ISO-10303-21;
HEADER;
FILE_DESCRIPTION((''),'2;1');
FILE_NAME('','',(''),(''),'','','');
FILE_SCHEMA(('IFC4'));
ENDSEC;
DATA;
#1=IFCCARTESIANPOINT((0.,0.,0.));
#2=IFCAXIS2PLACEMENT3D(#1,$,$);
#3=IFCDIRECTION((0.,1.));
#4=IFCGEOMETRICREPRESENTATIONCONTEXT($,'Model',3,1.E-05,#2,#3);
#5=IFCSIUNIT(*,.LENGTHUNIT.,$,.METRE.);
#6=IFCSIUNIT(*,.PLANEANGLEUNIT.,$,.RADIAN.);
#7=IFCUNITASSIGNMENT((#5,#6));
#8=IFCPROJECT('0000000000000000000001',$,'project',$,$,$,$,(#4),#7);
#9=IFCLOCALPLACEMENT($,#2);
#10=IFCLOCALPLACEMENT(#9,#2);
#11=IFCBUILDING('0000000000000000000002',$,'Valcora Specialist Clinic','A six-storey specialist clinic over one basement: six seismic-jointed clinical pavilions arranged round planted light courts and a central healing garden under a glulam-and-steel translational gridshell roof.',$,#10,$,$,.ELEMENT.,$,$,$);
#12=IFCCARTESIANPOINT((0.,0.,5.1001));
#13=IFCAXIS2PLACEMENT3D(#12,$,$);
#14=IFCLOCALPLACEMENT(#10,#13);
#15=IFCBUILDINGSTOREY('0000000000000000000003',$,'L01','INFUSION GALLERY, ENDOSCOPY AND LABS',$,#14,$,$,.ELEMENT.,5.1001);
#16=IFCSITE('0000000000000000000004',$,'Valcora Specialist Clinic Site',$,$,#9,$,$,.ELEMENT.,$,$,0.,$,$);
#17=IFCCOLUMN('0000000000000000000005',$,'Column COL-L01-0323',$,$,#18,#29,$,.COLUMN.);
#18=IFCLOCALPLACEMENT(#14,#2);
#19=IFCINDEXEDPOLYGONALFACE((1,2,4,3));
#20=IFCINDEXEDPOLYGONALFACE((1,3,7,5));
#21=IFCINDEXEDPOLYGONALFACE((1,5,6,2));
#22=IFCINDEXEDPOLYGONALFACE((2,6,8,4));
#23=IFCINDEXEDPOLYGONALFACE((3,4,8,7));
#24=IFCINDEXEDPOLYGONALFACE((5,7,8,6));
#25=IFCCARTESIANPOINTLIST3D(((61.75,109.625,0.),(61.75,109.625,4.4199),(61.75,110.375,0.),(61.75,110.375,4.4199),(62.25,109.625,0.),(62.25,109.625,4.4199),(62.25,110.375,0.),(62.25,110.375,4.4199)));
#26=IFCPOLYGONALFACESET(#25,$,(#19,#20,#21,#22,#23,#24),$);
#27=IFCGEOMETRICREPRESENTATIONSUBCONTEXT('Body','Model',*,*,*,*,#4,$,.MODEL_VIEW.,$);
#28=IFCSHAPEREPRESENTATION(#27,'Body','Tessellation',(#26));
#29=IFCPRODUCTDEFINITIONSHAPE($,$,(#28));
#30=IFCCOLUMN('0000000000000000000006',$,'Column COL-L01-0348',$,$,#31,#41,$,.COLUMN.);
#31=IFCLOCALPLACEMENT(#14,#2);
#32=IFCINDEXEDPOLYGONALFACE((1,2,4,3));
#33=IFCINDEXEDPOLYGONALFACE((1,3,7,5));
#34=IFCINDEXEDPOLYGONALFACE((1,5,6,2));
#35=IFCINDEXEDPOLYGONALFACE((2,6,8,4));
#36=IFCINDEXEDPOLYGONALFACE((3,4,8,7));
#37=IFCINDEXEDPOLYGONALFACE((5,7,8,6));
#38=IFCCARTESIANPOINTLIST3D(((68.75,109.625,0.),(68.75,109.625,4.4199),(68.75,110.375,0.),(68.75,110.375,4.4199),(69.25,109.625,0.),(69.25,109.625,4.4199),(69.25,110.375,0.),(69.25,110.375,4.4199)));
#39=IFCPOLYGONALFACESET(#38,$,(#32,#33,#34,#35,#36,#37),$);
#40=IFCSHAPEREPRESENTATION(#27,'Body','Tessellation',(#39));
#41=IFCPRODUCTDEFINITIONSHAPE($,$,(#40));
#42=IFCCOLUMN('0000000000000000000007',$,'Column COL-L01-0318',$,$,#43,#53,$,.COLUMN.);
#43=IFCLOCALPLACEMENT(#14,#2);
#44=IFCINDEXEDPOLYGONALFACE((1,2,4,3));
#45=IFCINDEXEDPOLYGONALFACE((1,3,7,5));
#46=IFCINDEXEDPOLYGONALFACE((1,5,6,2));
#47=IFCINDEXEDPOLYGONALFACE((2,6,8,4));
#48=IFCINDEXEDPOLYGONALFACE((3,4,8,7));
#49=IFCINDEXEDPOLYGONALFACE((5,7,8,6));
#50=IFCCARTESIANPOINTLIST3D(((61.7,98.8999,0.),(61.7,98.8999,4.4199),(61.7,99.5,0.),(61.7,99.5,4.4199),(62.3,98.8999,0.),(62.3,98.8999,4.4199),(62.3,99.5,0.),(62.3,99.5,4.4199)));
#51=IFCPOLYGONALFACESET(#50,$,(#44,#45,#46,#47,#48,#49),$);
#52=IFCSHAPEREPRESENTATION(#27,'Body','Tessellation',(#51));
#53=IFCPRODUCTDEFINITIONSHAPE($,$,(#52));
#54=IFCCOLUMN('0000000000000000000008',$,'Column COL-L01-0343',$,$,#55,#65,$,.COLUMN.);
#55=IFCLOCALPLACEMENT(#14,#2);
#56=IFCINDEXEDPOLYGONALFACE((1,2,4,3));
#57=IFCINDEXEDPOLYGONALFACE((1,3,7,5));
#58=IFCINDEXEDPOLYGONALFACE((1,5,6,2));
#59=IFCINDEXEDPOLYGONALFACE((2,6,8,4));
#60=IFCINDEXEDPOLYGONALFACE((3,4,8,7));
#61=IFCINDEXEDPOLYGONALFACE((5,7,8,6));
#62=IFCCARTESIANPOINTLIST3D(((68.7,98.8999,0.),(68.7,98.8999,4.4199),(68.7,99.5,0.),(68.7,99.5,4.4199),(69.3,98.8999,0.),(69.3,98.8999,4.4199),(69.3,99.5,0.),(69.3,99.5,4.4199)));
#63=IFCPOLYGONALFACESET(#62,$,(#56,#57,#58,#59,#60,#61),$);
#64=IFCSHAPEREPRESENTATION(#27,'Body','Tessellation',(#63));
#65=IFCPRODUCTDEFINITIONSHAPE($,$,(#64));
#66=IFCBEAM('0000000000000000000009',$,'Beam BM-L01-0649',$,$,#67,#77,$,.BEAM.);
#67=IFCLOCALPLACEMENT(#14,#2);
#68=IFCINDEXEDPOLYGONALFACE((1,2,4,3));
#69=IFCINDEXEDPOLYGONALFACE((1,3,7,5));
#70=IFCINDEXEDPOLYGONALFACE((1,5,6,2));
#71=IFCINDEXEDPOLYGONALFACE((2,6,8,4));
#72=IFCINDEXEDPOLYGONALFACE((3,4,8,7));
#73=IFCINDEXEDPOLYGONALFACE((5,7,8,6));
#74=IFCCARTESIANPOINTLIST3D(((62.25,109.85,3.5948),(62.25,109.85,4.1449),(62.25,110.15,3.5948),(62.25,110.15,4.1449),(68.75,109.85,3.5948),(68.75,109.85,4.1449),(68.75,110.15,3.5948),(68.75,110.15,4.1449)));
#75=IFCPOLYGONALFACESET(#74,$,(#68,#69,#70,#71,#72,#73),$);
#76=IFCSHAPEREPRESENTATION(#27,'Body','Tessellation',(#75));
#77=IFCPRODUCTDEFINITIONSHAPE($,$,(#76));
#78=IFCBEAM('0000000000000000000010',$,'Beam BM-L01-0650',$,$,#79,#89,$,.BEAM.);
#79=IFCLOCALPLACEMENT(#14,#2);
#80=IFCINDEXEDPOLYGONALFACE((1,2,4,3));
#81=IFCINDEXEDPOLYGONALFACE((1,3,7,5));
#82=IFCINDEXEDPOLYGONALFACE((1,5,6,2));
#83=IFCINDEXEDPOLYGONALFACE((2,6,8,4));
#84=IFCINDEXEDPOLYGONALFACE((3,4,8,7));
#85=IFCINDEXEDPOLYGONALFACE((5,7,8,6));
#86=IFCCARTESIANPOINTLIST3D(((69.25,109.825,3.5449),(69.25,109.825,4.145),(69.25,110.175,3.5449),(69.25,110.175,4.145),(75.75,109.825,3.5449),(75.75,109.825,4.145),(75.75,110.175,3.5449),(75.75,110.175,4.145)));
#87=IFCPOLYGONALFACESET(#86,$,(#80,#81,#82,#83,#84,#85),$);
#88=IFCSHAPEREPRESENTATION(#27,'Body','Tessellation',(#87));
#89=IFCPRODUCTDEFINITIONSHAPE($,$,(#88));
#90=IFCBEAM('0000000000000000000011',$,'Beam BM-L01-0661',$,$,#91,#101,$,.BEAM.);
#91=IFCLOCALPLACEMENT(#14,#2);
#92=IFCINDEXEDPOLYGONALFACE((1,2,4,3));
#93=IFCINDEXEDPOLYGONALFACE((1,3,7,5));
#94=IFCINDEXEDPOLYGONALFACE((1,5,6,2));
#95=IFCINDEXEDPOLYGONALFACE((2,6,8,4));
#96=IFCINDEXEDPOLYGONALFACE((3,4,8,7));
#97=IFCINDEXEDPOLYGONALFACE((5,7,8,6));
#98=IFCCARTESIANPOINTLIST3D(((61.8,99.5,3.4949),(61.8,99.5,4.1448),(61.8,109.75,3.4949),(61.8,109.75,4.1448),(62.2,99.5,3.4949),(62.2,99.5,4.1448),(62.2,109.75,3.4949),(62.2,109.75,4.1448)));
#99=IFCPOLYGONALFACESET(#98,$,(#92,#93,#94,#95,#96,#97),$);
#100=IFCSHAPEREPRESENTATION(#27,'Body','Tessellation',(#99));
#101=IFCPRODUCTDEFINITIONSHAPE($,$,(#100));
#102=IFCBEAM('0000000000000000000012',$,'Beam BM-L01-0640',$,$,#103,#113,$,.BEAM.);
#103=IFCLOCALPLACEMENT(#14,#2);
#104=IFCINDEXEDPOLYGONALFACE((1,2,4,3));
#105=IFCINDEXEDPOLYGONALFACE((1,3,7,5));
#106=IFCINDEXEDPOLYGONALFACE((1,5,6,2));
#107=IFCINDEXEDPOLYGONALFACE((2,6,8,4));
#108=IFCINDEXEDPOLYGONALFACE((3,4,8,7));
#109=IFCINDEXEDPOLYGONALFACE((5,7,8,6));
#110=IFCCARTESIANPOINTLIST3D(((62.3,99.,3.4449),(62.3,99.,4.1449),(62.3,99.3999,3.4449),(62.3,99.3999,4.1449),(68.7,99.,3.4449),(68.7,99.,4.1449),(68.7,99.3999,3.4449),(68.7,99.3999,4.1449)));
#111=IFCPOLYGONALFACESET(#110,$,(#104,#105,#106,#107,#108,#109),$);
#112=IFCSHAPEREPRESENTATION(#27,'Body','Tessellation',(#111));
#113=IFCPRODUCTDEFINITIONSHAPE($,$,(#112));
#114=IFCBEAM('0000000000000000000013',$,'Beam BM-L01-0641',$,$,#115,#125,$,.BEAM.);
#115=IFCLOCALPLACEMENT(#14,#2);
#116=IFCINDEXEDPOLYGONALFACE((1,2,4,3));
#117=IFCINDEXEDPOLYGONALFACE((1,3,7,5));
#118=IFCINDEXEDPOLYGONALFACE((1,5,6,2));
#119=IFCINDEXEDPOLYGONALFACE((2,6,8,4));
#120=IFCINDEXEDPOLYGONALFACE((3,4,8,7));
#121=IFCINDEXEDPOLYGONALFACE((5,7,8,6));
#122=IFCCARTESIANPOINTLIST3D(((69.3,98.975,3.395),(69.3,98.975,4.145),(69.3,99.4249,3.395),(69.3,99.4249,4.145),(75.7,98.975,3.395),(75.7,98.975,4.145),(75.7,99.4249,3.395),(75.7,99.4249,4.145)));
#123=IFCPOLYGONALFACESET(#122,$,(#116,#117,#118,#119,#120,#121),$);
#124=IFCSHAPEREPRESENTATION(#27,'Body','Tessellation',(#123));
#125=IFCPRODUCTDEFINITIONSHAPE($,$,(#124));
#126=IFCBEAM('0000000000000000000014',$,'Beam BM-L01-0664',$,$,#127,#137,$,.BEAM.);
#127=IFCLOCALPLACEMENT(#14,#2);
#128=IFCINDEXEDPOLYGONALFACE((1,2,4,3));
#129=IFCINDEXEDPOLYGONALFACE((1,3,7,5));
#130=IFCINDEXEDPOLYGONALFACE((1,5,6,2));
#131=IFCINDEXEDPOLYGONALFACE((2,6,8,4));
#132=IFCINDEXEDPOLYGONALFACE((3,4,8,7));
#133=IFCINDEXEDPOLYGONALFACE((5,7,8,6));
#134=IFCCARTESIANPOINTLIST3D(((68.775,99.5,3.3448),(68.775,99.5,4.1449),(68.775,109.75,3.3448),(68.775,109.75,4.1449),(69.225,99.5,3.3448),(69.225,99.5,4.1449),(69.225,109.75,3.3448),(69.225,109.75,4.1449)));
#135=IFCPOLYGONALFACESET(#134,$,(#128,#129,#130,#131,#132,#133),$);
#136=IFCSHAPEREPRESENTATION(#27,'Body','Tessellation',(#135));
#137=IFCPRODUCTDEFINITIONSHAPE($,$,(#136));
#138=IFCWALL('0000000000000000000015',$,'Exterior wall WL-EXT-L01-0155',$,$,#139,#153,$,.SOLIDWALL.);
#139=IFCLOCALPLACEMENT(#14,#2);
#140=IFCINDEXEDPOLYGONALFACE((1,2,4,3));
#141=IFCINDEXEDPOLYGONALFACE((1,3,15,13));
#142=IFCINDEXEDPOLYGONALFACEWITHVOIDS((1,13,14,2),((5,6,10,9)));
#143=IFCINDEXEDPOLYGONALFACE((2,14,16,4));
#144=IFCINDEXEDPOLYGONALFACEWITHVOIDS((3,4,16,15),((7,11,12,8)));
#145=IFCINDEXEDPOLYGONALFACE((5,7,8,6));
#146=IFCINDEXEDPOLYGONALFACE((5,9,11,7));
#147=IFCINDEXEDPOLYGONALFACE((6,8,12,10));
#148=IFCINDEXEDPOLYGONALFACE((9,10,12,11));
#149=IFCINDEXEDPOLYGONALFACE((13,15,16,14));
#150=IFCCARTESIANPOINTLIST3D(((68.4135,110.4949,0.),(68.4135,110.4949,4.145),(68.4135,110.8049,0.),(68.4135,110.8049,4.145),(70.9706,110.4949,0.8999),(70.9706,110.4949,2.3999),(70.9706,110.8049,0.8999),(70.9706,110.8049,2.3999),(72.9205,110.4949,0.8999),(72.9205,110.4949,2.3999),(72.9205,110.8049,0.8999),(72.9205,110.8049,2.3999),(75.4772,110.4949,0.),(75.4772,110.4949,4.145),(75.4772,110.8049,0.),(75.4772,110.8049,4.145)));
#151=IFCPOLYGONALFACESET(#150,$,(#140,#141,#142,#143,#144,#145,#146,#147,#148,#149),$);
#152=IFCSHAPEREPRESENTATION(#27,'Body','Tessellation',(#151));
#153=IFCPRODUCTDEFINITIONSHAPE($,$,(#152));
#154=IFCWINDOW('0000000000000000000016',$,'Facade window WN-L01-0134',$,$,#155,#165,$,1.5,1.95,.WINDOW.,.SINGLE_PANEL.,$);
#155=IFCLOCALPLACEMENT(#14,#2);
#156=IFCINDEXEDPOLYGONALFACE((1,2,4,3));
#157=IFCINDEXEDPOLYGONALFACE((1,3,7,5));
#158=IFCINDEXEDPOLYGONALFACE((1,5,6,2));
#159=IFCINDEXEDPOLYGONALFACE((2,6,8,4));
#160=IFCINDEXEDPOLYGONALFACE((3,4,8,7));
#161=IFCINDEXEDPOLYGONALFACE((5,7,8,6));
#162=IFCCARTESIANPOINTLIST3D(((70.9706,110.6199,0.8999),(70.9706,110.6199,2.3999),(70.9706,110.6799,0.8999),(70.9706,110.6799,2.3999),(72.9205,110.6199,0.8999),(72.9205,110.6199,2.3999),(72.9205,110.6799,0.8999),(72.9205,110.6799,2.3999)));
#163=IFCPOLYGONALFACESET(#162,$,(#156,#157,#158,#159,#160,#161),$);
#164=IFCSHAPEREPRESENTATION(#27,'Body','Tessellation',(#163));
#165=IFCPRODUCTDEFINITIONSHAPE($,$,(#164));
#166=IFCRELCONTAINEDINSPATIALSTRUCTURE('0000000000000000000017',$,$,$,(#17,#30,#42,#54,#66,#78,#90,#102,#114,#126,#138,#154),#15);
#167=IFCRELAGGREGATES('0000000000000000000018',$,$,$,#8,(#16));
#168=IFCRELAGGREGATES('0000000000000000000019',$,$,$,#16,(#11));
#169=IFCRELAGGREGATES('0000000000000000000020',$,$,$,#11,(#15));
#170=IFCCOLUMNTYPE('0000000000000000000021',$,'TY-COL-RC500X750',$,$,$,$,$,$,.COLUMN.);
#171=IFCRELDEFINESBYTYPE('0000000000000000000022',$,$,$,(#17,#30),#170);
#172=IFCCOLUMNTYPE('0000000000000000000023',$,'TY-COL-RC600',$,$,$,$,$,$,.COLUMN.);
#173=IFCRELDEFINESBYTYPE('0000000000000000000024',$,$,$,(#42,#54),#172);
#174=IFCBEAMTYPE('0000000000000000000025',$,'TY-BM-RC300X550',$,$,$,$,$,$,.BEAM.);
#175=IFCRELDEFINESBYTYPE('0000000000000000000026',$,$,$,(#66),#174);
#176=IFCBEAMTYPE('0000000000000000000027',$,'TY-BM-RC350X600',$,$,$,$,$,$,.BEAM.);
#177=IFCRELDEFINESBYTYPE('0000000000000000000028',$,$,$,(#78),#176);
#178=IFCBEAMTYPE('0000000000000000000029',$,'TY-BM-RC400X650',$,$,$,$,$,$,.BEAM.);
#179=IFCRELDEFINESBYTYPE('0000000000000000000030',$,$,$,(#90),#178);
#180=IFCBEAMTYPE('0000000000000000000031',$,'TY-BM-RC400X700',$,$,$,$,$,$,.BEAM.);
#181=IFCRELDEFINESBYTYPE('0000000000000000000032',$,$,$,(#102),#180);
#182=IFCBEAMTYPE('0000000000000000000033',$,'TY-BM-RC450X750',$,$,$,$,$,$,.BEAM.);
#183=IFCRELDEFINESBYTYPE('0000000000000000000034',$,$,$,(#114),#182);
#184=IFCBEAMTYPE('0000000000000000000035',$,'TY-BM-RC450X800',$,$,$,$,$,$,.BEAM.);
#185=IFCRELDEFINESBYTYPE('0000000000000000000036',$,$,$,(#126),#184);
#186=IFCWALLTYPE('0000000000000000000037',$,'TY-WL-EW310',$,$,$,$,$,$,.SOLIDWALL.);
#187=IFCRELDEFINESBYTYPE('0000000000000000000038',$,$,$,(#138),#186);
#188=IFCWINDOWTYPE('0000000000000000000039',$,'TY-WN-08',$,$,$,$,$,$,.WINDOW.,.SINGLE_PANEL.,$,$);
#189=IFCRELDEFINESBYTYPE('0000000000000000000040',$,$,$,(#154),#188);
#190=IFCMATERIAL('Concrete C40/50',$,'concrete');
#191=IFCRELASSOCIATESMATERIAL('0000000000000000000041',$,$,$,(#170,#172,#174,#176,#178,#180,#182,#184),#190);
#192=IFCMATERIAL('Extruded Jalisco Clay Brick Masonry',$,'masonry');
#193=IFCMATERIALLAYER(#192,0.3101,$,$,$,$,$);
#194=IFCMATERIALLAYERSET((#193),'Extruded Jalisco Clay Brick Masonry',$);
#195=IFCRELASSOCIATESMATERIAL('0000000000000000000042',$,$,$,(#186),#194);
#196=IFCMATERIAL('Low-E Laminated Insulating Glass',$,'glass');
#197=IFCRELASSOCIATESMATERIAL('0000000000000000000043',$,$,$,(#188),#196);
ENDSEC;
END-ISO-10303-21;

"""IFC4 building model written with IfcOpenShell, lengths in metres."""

from ifc_helpers import new_model, si_unit, direction, frame, frame_2d, origin, origin_2d, place, context, subcontext, project, spatial, rectangle, extrude, material, layer, layer_set, material_profile, profile_set, type_object, element, fill, save


model = new_model("IFC4")

# Units and contexts
model_context = context("Model", 3, precision=1e-05, world=origin(), true_north=direction((0.0, 1.0)))
body_context = subcontext(model_context, "Body", "Model", "MODEL_VIEW")
ifc_project = project(units=[si_unit("LENGTHUNIT", "METRE"), si_unit("PLANEANGLEUNIT", "RADIAN")], contexts=[model_context])

# Site, building, storey
site_placement = place(None, origin())
site = spatial("IfcSite", under=ifc_project, at=site_placement, Name="Valcora Specialist Clinic Site", CompositionType="ELEMENT", RefElevation=0.0)
building_placement = place(site_placement, origin())
building = spatial("IfcBuilding", under=site, at=building_placement, Name="Valcora Specialist Clinic", Description="A six-storey specialist clinic over one basement: six seismic-jointed clinical pavilions arranged round planted light courts and a central healing garden under a glulam-and-steel translational gridshell roof.", CompositionType="ELEMENT")
storey_placement = place(building_placement, frame((0.0, 0.0, 5.1001)))
storey = spatial("IfcBuildingStorey", under=building, at=storey_placement, Name="L01", Description="INFUSION GALLERY, ENDOSCOPY AND LABS", CompositionType="ELEMENT", Elevation=5.1001)

# Columns
ifc_material_1 = material(Name="Concrete C40/50", Category="concrete")
ifc_material_profile_1 = material_profile(ifc_material_1, rectangle(XDim=0.5, YDim=0.75, at=origin_2d()), Name="RC-COL-500X750")
ifc_profile_set_1 = profile_set([ifc_material_profile_1], Name="Concrete C40/50")
column_type_1 = type_object("IfcColumnType", Name="TY-COL-RC500X750", PredefinedType="COLUMN", material=ifc_profile_set_1)
for number, where, z_axis, x_axis, name in (
    (1, (62.0, 110.0, 0.0), (0.0, 0.0, 1.0), (1.0, 0.0, 0.0), "Column COL-L01-0323"),
    (2, (69.0, 110.0, 0.0), (0.0, 0.0, 1.0), (1.0, 0.0, 0.0), "Column COL-L01-0348"),
):
    element("IfcColumn", number, at=place(storey_placement, frame(where, z_axis=z_axis, x_axis=x_axis)), inside=storey, type_object=column_type_1, Name=name, PredefinedType="COLUMN", context=body_context, shape_type="SweptSolid", body=[
        extrude(rectangle(XDim=0.5, YDim=0.75, at=origin_2d()), origin(), (0.0, 0.0, 1.0), 4.4199),
    ])
ifc_material_profile_2 = material_profile(ifc_material_1, rectangle(XDim=0.6001, YDim=0.6001, at=origin_2d()), Name="RC-COL-600X600")
ifc_profile_set_2 = profile_set([ifc_material_profile_2], Name="Concrete C40/50")
column_type_2 = type_object("IfcColumnType", Name="TY-COL-RC600", PredefinedType="COLUMN", material=ifc_profile_set_2)
for number, where, z_axis, x_axis, name in (
    (3, (62.0, 99.2, 0.0), (0.0, 0.0, 1.0), (1.0, 0.0, 0.0), "Column COL-L01-0318"),
    (4, (69.0, 99.2, 0.0), (0.0, 0.0, 1.0), (1.0, 0.0, 0.0), "Column COL-L01-0343"),
):
    element("IfcColumn", number, at=place(storey_placement, frame(where, z_axis=z_axis, x_axis=x_axis)), inside=storey, type_object=column_type_2, Name=name, PredefinedType="COLUMN", context=body_context, shape_type="SweptSolid", body=[
        extrude(rectangle(XDim=0.6001, YDim=0.6001, at=origin_2d()), origin(), (0.0, 0.0, 1.0), 4.4199),
    ])

# Beams
ifc_material_profile_3 = material_profile(ifc_material_1, rectangle(XDim=0.3, YDim=0.55, at=origin_2d()), Name="RC-BM-300X550")
ifc_profile_set_3 = profile_set([ifc_material_profile_3], Name="Concrete C40/50")
beam_type_1 = type_object("IfcBeamType", Name="TY-BM-RC300X550", PredefinedType="BEAM", material=ifc_profile_set_3)
beam_1_placement = place(storey_placement, frame((62.25, 110.0, 3.8699), z_axis=(1.0, 0.0, 0.0), x_axis=(0.0, 1.0, 0.0)))
element("IfcBeam", 5, at=beam_1_placement, inside=storey, type_object=beam_type_1, Name="Beam BM-L01-0649", PredefinedType="BEAM", context=body_context, shape_type="SweptSolid", body=[
    extrude(rectangle(XDim=0.3, YDim=0.55, at=origin_2d()), origin(), (0.0, 0.0, 1.0), 6.5),
])
ifc_material_profile_4 = material_profile(ifc_material_1, rectangle(XDim=0.3501, YDim=0.6001, at=origin_2d()), Name="RC-BM-350X600")
ifc_profile_set_4 = profile_set([ifc_material_profile_4], Name="Concrete C40/50")
beam_type_2 = type_object("IfcBeamType", Name="TY-BM-RC350X600", PredefinedType="BEAM", material=ifc_profile_set_4)
beam_2_placement = place(storey_placement, frame((69.25, 110.0, 3.845), z_axis=(1.0, 0.0, 0.0), x_axis=(0.0, 1.0, 0.0)))
element("IfcBeam", 6, at=beam_2_placement, inside=storey, type_object=beam_type_2, Name="Beam BM-L01-0650", PredefinedType="BEAM", context=body_context, shape_type="SweptSolid", body=[
    extrude(rectangle(XDim=0.3501, YDim=0.6001, at=origin_2d()), origin(), (0.0, 0.0, 1.0), 6.5),
])
ifc_material_profile_5 = material_profile(ifc_material_1, rectangle(XDim=0.3999, YDim=0.6499, at=origin_2d()), Name="RC-BM-400X650")
ifc_profile_set_5 = profile_set([ifc_material_profile_5], Name="Concrete C40/50")
beam_type_3 = type_object("IfcBeamType", Name="TY-BM-RC400X650", PredefinedType="BEAM", material=ifc_profile_set_5)
beam_3_placement = place(storey_placement, frame((62.0, 99.5, 3.8198), z_axis=(0.0, 1.0, 0.0), x_axis=(-1.0, 0.0, 0.0)))
element("IfcBeam", 7, at=beam_3_placement, inside=storey, type_object=beam_type_3, Name="Beam BM-L01-0661", PredefinedType="BEAM", context=body_context, shape_type="SweptSolid", body=[
    extrude(rectangle(XDim=0.3999, YDim=0.6499, at=origin_2d()), origin(), (0.0, 0.0, 1.0), 10.25),
])
ifc_material_profile_6 = material_profile(ifc_material_1, rectangle(XDim=0.3999, YDim=0.7, at=origin_2d()), Name="RC-BM-400X700")
ifc_profile_set_6 = profile_set([ifc_material_profile_6], Name="Concrete C40/50")
beam_type_4 = type_object("IfcBeamType", Name="TY-BM-RC400X700", PredefinedType="BEAM", material=ifc_profile_set_6)
beam_4_placement = place(storey_placement, frame((62.3, 99.2, 3.7949), z_axis=(1.0, 0.0, 0.0), x_axis=(0.0, 1.0, 0.0)))
element("IfcBeam", 8, at=beam_4_placement, inside=storey, type_object=beam_type_4, Name="Beam BM-L01-0640", PredefinedType="BEAM", context=body_context, shape_type="SweptSolid", body=[
    extrude(rectangle(XDim=0.3999, YDim=0.7, at=origin_2d()), origin(), (0.0, 0.0, 1.0), 6.3999),
])
ifc_material_profile_7 = material_profile(ifc_material_1, rectangle(XDim=0.45, YDim=0.75, at=origin_2d()), Name="RC-BM-450X750")
ifc_profile_set_7 = profile_set([ifc_material_profile_7], Name="Concrete C40/50")
beam_type_5 = type_object("IfcBeamType", Name="TY-BM-RC450X750", PredefinedType="BEAM", material=ifc_profile_set_7)
beam_5_placement = place(storey_placement, frame((69.3, 99.2, 3.77), z_axis=(1.0, 0.0, 0.0), x_axis=(0.0, 1.0, 0.0)))
element("IfcBeam", 9, at=beam_5_placement, inside=storey, type_object=beam_type_5, Name="Beam BM-L01-0641", PredefinedType="BEAM", context=body_context, shape_type="SweptSolid", body=[
    extrude(rectangle(XDim=0.45, YDim=0.75, at=origin_2d()), origin(), (0.0, 0.0, 1.0), 6.3999),
])
ifc_material_profile_8 = material_profile(ifc_material_1, rectangle(XDim=0.45, YDim=0.8, at=origin_2d()), Name="RC-BM-450X800")
ifc_profile_set_8 = profile_set([ifc_material_profile_8], Name="Concrete C40/50")
beam_type_6 = type_object("IfcBeamType", Name="TY-BM-RC450X800", PredefinedType="BEAM", material=ifc_profile_set_8)
beam_6_placement = place(storey_placement, frame((69.0, 99.5, 3.7449), z_axis=(0.0, 1.0, 0.0), x_axis=(-1.0, 0.0, 0.0)))
element("IfcBeam", 10, at=beam_6_placement, inside=storey, type_object=beam_type_6, Name="Beam BM-L01-0664", PredefinedType="BEAM", context=body_context, shape_type="SweptSolid", body=[
    extrude(rectangle(XDim=0.45, YDim=0.8, at=origin_2d()), origin(), (0.0, 0.0, 1.0), 10.25),
])

# Wall, opening, window
ifc_material_2 = material(Name="Extruded Jalisco Clay Brick Masonry", Category="masonry")
ifc_layer_1 = layer(ifc_material_2, 0.3101)
ifc_layer_set_1 = layer_set([ifc_layer_1], Name="Extruded Jalisco Clay Brick Masonry")
wall_type_1 = type_object("IfcWallType", Name="TY-WL-EW310", PredefinedType="SOLIDWALL", material=ifc_layer_set_1)
wall_1_placement = place(storey_placement, frame((68.4136, 110.6499, 0.0), z_axis=(0.0, 0.0, 1.0), x_axis=(1.0, 0.0, 0.0)))
wall_1 = element("IfcWall", 11, at=wall_1_placement, inside=storey, type_object=wall_type_1, Name="Exterior wall WL-EXT-L01-0155", PredefinedType="SOLIDWALL", context=body_context, shape_type="SweptSolid", body=[
    extrude(rectangle(XDim=7.0637, YDim=0.3101, at=frame_2d((3.5317, 0.0))), origin(), (0.0, 0.0, 1.0), 4.145),
])
opening_1_placement = place(wall_1_placement, frame((2.5569, 0.0, 0.8999)))
opening_1 = element("IfcOpeningElement", 12, at=opening_1_placement, cuts=wall_1, PredefinedType="OPENING", context=body_context, shape_type="SweptSolid", body=[
    extrude(rectangle(XDim=1.95, YDim=1.5, at=frame_2d((0.9751, 0.75))), frame((0.0, 0.165, 0.0), z_axis=(0.0, -1.0, 0.0), x_axis=(1.0, 0.0, 0.0)), (0.0, 0.0, 1.0), 0.3301),
])
ifc_material_3 = material(Name="Low-E Laminated Insulating Glass", Category="glass")
window_type_1 = type_object("IfcWindowType", Name="TY-WN-08", PartitioningType="SINGLE_PANEL", PredefinedType="WINDOW", material=ifc_material_3)
window_1_placement = place(opening_1_placement, origin())
window_1 = element("IfcWindow", 13, at=window_1_placement, inside=storey, type_object=window_type_1, Name="Facade window WN-L01-0134", OverallHeight=1.5, OverallWidth=1.95, PartitioningType="SINGLE_PANEL", PredefinedType="WINDOW", context=body_context, shape_type="SweptSolid", body=[
    extrude(rectangle(XDim=1.95, YDim=1.5, at=frame_2d((0.9751, 0.75))), frame((0.0, 0.03, 0.0), z_axis=(0.0, -1.0, 0.0), x_axis=(1.0, 0.0, 0.0)), (0.0, 0.0, 1.0), 0.0601),
])
fill(opening_1, window_1)

save(model, "model.ifc")
